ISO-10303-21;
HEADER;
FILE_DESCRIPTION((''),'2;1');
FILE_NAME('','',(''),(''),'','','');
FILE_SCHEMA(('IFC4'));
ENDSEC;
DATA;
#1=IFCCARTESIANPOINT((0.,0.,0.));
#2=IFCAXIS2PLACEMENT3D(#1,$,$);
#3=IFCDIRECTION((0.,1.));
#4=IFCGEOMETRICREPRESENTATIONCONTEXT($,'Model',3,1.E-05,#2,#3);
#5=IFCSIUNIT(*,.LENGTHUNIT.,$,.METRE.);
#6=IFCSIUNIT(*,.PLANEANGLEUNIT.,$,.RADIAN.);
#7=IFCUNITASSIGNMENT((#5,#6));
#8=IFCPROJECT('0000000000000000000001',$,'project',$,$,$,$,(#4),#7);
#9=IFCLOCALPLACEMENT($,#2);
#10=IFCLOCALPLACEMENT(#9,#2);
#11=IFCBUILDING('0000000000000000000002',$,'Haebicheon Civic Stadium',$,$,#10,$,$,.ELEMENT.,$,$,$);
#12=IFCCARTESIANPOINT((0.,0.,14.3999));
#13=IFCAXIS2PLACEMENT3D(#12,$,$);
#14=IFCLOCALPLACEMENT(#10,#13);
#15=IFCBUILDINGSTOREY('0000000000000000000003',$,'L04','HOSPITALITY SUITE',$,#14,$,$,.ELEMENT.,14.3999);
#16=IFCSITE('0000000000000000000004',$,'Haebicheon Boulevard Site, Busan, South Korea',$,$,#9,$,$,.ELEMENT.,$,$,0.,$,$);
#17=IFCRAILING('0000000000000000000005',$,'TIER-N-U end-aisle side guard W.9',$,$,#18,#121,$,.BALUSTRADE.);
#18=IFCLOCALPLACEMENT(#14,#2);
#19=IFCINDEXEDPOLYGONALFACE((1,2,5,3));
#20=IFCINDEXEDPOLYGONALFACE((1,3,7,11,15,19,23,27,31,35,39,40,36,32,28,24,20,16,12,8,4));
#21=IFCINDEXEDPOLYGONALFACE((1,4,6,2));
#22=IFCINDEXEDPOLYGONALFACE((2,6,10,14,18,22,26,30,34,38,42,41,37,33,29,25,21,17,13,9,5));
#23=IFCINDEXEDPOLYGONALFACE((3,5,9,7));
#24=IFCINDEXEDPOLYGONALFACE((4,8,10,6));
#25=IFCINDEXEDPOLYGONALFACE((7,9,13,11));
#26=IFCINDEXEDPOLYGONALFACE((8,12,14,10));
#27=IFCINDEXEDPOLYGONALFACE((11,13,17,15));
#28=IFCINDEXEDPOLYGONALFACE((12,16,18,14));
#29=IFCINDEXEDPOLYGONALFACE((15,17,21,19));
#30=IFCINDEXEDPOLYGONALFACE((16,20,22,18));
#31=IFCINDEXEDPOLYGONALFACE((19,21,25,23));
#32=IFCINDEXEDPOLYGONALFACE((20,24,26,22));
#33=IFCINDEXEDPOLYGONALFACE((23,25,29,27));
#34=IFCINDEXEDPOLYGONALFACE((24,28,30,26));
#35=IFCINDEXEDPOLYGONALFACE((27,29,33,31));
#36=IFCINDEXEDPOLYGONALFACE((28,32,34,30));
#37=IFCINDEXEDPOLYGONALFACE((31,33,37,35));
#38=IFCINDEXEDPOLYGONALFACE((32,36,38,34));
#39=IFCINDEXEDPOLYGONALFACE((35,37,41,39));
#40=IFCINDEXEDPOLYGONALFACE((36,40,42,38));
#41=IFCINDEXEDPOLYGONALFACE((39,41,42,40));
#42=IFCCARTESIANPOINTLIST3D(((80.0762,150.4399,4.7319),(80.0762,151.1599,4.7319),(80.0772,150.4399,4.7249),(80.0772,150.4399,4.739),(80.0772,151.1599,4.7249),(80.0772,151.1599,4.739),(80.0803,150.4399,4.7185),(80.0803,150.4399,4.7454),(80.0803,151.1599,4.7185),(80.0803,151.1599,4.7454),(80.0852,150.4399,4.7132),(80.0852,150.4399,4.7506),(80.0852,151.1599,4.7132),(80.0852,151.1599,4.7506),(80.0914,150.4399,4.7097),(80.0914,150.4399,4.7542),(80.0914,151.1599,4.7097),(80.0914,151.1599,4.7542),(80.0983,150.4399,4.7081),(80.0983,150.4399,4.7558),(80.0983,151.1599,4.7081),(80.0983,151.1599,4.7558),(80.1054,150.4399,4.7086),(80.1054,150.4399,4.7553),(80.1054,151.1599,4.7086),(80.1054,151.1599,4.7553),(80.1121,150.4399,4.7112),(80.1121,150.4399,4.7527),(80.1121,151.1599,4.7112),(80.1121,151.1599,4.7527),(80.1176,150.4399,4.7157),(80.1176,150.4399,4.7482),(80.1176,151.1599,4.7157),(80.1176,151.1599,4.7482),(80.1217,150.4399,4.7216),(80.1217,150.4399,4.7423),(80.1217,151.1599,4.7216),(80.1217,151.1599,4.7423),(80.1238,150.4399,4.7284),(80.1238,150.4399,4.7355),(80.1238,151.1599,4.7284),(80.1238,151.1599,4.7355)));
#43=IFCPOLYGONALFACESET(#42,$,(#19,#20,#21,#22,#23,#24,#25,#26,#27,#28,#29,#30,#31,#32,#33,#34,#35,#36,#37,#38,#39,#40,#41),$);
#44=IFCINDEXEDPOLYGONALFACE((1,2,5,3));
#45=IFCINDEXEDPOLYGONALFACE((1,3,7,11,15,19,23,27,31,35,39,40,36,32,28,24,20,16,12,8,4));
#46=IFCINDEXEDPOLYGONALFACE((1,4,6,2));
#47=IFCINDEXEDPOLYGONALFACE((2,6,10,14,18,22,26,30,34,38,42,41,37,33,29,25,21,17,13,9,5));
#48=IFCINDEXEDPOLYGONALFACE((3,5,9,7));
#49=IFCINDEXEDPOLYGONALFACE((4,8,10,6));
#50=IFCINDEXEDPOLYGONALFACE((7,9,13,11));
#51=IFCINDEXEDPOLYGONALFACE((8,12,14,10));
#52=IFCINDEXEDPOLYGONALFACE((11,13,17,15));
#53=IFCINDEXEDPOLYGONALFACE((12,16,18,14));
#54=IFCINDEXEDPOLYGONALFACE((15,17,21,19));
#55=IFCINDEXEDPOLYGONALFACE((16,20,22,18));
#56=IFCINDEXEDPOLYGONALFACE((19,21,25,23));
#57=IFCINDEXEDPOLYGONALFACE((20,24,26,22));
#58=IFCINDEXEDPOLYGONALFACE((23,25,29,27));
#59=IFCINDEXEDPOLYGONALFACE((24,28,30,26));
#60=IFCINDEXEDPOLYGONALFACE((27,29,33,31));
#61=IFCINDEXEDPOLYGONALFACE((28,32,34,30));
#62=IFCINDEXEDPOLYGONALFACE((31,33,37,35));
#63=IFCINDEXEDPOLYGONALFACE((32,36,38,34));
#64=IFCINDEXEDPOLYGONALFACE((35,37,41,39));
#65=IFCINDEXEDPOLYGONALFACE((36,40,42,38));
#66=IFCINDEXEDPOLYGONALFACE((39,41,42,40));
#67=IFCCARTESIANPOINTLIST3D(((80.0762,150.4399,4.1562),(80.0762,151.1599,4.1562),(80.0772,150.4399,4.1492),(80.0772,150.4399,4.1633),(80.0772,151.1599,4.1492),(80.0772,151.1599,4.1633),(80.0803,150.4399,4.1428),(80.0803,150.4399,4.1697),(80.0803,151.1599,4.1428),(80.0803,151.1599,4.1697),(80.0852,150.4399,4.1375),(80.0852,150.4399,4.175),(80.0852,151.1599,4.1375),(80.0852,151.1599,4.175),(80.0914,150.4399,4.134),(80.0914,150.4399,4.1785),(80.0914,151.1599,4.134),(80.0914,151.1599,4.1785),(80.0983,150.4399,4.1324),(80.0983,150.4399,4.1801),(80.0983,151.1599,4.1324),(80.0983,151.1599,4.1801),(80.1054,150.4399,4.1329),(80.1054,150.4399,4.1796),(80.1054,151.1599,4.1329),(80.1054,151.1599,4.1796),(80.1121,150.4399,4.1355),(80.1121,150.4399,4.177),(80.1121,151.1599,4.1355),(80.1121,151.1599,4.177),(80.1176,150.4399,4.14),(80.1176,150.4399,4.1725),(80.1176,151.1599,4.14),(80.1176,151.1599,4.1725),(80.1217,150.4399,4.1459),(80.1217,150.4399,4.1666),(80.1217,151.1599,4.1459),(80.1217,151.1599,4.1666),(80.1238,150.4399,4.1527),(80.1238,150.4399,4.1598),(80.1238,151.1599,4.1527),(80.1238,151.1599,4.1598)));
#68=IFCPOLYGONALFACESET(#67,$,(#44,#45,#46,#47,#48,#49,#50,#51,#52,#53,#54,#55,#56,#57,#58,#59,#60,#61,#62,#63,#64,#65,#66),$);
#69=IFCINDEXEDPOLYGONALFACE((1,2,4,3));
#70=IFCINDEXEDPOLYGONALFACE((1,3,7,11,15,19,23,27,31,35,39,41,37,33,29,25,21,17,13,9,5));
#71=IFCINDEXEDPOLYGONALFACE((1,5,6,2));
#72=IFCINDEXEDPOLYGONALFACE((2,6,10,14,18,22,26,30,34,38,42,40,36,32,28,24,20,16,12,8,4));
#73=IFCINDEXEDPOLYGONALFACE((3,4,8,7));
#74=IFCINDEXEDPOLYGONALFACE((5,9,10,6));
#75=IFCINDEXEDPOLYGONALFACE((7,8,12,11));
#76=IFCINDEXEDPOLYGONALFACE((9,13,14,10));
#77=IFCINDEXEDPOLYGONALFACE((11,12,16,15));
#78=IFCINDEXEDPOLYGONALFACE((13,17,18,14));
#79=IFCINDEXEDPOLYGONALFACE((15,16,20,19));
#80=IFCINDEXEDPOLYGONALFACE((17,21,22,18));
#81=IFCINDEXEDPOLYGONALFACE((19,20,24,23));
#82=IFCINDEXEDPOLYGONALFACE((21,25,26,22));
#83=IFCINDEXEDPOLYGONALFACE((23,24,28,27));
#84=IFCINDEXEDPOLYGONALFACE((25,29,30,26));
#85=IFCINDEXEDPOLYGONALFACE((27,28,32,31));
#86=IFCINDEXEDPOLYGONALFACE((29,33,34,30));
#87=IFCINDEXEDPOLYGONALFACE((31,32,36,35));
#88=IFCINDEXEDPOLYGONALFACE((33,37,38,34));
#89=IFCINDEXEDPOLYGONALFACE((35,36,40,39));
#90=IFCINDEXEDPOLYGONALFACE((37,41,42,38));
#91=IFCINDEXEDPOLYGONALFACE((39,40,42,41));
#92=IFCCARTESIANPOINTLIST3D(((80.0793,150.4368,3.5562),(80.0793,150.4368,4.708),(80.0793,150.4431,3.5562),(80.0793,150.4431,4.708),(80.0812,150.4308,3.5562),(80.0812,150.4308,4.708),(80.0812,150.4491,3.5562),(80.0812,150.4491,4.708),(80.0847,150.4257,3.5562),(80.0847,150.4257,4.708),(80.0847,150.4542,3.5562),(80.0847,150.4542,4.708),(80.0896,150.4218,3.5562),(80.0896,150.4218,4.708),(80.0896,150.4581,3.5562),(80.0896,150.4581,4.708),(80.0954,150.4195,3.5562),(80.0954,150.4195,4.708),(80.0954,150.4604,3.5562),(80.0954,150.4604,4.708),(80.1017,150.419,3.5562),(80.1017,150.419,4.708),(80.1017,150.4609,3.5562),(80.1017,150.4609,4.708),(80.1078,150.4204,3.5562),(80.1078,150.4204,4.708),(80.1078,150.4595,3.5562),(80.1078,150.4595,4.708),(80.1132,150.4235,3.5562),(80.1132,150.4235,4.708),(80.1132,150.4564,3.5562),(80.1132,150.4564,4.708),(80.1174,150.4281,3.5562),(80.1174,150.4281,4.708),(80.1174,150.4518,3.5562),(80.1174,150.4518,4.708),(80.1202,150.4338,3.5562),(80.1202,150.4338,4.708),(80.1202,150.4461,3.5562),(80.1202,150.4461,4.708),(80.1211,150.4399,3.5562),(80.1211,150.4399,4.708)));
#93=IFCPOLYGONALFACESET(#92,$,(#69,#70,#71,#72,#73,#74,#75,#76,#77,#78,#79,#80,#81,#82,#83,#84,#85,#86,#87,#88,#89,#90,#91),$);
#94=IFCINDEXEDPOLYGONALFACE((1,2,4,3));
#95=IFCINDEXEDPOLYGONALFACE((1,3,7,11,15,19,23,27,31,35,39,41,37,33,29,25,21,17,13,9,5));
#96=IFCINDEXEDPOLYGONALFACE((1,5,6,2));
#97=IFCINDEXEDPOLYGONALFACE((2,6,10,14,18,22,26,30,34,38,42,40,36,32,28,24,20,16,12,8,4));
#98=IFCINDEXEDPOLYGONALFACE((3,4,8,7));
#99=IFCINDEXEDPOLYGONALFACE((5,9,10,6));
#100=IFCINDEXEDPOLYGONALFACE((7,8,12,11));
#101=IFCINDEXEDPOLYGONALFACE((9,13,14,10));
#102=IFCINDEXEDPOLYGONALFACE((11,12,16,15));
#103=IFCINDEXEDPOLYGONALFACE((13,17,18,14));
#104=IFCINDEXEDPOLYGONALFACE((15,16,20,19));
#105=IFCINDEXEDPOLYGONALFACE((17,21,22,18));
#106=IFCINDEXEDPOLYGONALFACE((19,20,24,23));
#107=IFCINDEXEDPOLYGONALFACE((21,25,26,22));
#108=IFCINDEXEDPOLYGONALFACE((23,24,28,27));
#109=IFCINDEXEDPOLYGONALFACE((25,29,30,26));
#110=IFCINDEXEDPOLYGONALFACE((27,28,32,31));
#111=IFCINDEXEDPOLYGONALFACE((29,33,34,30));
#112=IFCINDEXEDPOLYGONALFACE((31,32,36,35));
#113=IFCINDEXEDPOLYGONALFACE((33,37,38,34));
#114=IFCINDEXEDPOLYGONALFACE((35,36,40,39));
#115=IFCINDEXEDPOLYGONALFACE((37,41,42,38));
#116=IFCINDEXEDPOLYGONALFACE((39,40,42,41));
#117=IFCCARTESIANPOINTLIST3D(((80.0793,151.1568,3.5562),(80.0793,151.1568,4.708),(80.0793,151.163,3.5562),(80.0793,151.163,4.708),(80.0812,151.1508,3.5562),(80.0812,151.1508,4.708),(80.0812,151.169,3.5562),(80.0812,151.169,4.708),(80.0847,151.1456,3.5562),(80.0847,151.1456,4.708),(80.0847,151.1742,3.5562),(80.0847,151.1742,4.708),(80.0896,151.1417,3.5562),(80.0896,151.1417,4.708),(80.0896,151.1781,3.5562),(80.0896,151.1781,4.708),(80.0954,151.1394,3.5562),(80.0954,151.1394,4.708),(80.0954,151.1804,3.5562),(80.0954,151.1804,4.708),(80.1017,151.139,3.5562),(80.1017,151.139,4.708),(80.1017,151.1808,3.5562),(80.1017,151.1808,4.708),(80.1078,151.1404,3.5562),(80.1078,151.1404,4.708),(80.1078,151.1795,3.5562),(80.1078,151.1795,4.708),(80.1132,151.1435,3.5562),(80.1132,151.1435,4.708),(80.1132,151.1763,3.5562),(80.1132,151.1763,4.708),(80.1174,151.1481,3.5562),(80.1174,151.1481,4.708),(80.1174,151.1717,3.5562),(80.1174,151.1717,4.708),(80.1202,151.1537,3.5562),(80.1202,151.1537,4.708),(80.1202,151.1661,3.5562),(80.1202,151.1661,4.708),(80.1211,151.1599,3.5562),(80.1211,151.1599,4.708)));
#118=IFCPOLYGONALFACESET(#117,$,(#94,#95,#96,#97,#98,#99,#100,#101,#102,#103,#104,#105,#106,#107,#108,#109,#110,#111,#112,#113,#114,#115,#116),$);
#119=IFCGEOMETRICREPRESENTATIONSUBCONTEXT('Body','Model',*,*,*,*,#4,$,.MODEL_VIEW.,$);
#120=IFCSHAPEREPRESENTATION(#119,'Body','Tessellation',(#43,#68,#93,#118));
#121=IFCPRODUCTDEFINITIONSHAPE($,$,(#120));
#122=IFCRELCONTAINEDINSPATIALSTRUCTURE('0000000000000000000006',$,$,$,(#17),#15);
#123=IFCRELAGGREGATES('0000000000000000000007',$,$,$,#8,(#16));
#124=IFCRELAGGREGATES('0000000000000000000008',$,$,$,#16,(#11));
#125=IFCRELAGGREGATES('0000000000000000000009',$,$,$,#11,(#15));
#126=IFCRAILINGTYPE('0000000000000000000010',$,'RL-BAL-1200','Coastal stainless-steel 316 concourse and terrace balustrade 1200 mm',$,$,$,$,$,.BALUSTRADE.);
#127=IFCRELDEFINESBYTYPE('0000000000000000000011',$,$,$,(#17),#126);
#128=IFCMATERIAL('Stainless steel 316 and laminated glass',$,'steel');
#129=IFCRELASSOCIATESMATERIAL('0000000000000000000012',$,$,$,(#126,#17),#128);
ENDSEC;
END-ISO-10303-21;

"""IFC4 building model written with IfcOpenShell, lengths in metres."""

from ifc_helpers import new_model, si_unit, direction, frame, origin, origin_2d, place, context, subcontext, project, spatial, circle, extrude, material, type_object, element, save


model = new_model("IFC4")

# Units and contexts
model_context = context("Model", 3, precision=1e-05, world=origin(), true_north=direction((0.0, 1.0)))
body_context = subcontext(model_context, "Body", "Model", "MODEL_VIEW")
ifc_project = project(units=[si_unit("LENGTHUNIT", "METRE"), si_unit("PLANEANGLEUNIT", "RADIAN")], contexts=[model_context])

# Site, building, storey
site_placement = place(None, origin())
site = spatial("IfcSite", under=ifc_project, at=site_placement, Name="Haebicheon Boulevard Site, Busan, South Korea", CompositionType="ELEMENT", RefElevation=0.0)
building_placement = place(site_placement, origin())
building = spatial("IfcBuilding", under=site, at=building_placement, Name="Haebicheon Civic Stadium", CompositionType="ELEMENT")
storey_placement = place(building_placement, frame((0.0, 0.0, 14.3999)))
storey = spatial("IfcBuildingStorey", under=building, at=storey_placement, Name="L04", Description="HOSPITALITY SUITE", CompositionType="ELEMENT", Elevation=14.3999)

# Railing
ifc_material_1 = material(Name="Stainless steel 316 and laminated glass", Category="steel")
railing_type = type_object("IfcRailingType", Name="RL-BAL-1200", Description="Coastal stainless-steel 316 concourse and terrace balustrade 1200 mm", PredefinedType="BALUSTRADE", material=ifc_material_1)
railing_1_placement = place(storey_placement, frame((80.1001, 150.4399, 3.5562)))
element("IfcRailing", 1, at=railing_1_placement, inside=storey, type_object=railing_type, material=ifc_material_1, Name="TIER-N-U end-aisle side guard W.9", PredefinedType="BALUSTRADE", context=body_context, shape_type="SweptSolid", body=[
    extrude(circle(Radius=0.0239, at=origin_2d()), frame((0.0, 0.0, 1.1758), z_axis=(0.0, 1.0, 0.0), x_axis=(-1.0, 0.0, 0.0)), (0.0, 0.0, 1.0), 0.72),
    extrude(circle(Radius=0.0239, at=origin_2d()), frame((0.0, 0.0, 0.6001), z_axis=(0.0, 1.0, 0.0), x_axis=(-1.0, 0.0, 0.0)), (0.0, 0.0, 1.0), 0.72),
    extrude(circle(Radius=0.021, at=origin_2d()), origin(), (0.0, 0.0, 1.0), 1.1519),
    extrude(circle(Radius=0.021, at=origin_2d()), frame((0.0, 0.72, 0.0)), (0.0, 0.0, 1.0), 1.1519),
])

save(model, "model.ifc")
